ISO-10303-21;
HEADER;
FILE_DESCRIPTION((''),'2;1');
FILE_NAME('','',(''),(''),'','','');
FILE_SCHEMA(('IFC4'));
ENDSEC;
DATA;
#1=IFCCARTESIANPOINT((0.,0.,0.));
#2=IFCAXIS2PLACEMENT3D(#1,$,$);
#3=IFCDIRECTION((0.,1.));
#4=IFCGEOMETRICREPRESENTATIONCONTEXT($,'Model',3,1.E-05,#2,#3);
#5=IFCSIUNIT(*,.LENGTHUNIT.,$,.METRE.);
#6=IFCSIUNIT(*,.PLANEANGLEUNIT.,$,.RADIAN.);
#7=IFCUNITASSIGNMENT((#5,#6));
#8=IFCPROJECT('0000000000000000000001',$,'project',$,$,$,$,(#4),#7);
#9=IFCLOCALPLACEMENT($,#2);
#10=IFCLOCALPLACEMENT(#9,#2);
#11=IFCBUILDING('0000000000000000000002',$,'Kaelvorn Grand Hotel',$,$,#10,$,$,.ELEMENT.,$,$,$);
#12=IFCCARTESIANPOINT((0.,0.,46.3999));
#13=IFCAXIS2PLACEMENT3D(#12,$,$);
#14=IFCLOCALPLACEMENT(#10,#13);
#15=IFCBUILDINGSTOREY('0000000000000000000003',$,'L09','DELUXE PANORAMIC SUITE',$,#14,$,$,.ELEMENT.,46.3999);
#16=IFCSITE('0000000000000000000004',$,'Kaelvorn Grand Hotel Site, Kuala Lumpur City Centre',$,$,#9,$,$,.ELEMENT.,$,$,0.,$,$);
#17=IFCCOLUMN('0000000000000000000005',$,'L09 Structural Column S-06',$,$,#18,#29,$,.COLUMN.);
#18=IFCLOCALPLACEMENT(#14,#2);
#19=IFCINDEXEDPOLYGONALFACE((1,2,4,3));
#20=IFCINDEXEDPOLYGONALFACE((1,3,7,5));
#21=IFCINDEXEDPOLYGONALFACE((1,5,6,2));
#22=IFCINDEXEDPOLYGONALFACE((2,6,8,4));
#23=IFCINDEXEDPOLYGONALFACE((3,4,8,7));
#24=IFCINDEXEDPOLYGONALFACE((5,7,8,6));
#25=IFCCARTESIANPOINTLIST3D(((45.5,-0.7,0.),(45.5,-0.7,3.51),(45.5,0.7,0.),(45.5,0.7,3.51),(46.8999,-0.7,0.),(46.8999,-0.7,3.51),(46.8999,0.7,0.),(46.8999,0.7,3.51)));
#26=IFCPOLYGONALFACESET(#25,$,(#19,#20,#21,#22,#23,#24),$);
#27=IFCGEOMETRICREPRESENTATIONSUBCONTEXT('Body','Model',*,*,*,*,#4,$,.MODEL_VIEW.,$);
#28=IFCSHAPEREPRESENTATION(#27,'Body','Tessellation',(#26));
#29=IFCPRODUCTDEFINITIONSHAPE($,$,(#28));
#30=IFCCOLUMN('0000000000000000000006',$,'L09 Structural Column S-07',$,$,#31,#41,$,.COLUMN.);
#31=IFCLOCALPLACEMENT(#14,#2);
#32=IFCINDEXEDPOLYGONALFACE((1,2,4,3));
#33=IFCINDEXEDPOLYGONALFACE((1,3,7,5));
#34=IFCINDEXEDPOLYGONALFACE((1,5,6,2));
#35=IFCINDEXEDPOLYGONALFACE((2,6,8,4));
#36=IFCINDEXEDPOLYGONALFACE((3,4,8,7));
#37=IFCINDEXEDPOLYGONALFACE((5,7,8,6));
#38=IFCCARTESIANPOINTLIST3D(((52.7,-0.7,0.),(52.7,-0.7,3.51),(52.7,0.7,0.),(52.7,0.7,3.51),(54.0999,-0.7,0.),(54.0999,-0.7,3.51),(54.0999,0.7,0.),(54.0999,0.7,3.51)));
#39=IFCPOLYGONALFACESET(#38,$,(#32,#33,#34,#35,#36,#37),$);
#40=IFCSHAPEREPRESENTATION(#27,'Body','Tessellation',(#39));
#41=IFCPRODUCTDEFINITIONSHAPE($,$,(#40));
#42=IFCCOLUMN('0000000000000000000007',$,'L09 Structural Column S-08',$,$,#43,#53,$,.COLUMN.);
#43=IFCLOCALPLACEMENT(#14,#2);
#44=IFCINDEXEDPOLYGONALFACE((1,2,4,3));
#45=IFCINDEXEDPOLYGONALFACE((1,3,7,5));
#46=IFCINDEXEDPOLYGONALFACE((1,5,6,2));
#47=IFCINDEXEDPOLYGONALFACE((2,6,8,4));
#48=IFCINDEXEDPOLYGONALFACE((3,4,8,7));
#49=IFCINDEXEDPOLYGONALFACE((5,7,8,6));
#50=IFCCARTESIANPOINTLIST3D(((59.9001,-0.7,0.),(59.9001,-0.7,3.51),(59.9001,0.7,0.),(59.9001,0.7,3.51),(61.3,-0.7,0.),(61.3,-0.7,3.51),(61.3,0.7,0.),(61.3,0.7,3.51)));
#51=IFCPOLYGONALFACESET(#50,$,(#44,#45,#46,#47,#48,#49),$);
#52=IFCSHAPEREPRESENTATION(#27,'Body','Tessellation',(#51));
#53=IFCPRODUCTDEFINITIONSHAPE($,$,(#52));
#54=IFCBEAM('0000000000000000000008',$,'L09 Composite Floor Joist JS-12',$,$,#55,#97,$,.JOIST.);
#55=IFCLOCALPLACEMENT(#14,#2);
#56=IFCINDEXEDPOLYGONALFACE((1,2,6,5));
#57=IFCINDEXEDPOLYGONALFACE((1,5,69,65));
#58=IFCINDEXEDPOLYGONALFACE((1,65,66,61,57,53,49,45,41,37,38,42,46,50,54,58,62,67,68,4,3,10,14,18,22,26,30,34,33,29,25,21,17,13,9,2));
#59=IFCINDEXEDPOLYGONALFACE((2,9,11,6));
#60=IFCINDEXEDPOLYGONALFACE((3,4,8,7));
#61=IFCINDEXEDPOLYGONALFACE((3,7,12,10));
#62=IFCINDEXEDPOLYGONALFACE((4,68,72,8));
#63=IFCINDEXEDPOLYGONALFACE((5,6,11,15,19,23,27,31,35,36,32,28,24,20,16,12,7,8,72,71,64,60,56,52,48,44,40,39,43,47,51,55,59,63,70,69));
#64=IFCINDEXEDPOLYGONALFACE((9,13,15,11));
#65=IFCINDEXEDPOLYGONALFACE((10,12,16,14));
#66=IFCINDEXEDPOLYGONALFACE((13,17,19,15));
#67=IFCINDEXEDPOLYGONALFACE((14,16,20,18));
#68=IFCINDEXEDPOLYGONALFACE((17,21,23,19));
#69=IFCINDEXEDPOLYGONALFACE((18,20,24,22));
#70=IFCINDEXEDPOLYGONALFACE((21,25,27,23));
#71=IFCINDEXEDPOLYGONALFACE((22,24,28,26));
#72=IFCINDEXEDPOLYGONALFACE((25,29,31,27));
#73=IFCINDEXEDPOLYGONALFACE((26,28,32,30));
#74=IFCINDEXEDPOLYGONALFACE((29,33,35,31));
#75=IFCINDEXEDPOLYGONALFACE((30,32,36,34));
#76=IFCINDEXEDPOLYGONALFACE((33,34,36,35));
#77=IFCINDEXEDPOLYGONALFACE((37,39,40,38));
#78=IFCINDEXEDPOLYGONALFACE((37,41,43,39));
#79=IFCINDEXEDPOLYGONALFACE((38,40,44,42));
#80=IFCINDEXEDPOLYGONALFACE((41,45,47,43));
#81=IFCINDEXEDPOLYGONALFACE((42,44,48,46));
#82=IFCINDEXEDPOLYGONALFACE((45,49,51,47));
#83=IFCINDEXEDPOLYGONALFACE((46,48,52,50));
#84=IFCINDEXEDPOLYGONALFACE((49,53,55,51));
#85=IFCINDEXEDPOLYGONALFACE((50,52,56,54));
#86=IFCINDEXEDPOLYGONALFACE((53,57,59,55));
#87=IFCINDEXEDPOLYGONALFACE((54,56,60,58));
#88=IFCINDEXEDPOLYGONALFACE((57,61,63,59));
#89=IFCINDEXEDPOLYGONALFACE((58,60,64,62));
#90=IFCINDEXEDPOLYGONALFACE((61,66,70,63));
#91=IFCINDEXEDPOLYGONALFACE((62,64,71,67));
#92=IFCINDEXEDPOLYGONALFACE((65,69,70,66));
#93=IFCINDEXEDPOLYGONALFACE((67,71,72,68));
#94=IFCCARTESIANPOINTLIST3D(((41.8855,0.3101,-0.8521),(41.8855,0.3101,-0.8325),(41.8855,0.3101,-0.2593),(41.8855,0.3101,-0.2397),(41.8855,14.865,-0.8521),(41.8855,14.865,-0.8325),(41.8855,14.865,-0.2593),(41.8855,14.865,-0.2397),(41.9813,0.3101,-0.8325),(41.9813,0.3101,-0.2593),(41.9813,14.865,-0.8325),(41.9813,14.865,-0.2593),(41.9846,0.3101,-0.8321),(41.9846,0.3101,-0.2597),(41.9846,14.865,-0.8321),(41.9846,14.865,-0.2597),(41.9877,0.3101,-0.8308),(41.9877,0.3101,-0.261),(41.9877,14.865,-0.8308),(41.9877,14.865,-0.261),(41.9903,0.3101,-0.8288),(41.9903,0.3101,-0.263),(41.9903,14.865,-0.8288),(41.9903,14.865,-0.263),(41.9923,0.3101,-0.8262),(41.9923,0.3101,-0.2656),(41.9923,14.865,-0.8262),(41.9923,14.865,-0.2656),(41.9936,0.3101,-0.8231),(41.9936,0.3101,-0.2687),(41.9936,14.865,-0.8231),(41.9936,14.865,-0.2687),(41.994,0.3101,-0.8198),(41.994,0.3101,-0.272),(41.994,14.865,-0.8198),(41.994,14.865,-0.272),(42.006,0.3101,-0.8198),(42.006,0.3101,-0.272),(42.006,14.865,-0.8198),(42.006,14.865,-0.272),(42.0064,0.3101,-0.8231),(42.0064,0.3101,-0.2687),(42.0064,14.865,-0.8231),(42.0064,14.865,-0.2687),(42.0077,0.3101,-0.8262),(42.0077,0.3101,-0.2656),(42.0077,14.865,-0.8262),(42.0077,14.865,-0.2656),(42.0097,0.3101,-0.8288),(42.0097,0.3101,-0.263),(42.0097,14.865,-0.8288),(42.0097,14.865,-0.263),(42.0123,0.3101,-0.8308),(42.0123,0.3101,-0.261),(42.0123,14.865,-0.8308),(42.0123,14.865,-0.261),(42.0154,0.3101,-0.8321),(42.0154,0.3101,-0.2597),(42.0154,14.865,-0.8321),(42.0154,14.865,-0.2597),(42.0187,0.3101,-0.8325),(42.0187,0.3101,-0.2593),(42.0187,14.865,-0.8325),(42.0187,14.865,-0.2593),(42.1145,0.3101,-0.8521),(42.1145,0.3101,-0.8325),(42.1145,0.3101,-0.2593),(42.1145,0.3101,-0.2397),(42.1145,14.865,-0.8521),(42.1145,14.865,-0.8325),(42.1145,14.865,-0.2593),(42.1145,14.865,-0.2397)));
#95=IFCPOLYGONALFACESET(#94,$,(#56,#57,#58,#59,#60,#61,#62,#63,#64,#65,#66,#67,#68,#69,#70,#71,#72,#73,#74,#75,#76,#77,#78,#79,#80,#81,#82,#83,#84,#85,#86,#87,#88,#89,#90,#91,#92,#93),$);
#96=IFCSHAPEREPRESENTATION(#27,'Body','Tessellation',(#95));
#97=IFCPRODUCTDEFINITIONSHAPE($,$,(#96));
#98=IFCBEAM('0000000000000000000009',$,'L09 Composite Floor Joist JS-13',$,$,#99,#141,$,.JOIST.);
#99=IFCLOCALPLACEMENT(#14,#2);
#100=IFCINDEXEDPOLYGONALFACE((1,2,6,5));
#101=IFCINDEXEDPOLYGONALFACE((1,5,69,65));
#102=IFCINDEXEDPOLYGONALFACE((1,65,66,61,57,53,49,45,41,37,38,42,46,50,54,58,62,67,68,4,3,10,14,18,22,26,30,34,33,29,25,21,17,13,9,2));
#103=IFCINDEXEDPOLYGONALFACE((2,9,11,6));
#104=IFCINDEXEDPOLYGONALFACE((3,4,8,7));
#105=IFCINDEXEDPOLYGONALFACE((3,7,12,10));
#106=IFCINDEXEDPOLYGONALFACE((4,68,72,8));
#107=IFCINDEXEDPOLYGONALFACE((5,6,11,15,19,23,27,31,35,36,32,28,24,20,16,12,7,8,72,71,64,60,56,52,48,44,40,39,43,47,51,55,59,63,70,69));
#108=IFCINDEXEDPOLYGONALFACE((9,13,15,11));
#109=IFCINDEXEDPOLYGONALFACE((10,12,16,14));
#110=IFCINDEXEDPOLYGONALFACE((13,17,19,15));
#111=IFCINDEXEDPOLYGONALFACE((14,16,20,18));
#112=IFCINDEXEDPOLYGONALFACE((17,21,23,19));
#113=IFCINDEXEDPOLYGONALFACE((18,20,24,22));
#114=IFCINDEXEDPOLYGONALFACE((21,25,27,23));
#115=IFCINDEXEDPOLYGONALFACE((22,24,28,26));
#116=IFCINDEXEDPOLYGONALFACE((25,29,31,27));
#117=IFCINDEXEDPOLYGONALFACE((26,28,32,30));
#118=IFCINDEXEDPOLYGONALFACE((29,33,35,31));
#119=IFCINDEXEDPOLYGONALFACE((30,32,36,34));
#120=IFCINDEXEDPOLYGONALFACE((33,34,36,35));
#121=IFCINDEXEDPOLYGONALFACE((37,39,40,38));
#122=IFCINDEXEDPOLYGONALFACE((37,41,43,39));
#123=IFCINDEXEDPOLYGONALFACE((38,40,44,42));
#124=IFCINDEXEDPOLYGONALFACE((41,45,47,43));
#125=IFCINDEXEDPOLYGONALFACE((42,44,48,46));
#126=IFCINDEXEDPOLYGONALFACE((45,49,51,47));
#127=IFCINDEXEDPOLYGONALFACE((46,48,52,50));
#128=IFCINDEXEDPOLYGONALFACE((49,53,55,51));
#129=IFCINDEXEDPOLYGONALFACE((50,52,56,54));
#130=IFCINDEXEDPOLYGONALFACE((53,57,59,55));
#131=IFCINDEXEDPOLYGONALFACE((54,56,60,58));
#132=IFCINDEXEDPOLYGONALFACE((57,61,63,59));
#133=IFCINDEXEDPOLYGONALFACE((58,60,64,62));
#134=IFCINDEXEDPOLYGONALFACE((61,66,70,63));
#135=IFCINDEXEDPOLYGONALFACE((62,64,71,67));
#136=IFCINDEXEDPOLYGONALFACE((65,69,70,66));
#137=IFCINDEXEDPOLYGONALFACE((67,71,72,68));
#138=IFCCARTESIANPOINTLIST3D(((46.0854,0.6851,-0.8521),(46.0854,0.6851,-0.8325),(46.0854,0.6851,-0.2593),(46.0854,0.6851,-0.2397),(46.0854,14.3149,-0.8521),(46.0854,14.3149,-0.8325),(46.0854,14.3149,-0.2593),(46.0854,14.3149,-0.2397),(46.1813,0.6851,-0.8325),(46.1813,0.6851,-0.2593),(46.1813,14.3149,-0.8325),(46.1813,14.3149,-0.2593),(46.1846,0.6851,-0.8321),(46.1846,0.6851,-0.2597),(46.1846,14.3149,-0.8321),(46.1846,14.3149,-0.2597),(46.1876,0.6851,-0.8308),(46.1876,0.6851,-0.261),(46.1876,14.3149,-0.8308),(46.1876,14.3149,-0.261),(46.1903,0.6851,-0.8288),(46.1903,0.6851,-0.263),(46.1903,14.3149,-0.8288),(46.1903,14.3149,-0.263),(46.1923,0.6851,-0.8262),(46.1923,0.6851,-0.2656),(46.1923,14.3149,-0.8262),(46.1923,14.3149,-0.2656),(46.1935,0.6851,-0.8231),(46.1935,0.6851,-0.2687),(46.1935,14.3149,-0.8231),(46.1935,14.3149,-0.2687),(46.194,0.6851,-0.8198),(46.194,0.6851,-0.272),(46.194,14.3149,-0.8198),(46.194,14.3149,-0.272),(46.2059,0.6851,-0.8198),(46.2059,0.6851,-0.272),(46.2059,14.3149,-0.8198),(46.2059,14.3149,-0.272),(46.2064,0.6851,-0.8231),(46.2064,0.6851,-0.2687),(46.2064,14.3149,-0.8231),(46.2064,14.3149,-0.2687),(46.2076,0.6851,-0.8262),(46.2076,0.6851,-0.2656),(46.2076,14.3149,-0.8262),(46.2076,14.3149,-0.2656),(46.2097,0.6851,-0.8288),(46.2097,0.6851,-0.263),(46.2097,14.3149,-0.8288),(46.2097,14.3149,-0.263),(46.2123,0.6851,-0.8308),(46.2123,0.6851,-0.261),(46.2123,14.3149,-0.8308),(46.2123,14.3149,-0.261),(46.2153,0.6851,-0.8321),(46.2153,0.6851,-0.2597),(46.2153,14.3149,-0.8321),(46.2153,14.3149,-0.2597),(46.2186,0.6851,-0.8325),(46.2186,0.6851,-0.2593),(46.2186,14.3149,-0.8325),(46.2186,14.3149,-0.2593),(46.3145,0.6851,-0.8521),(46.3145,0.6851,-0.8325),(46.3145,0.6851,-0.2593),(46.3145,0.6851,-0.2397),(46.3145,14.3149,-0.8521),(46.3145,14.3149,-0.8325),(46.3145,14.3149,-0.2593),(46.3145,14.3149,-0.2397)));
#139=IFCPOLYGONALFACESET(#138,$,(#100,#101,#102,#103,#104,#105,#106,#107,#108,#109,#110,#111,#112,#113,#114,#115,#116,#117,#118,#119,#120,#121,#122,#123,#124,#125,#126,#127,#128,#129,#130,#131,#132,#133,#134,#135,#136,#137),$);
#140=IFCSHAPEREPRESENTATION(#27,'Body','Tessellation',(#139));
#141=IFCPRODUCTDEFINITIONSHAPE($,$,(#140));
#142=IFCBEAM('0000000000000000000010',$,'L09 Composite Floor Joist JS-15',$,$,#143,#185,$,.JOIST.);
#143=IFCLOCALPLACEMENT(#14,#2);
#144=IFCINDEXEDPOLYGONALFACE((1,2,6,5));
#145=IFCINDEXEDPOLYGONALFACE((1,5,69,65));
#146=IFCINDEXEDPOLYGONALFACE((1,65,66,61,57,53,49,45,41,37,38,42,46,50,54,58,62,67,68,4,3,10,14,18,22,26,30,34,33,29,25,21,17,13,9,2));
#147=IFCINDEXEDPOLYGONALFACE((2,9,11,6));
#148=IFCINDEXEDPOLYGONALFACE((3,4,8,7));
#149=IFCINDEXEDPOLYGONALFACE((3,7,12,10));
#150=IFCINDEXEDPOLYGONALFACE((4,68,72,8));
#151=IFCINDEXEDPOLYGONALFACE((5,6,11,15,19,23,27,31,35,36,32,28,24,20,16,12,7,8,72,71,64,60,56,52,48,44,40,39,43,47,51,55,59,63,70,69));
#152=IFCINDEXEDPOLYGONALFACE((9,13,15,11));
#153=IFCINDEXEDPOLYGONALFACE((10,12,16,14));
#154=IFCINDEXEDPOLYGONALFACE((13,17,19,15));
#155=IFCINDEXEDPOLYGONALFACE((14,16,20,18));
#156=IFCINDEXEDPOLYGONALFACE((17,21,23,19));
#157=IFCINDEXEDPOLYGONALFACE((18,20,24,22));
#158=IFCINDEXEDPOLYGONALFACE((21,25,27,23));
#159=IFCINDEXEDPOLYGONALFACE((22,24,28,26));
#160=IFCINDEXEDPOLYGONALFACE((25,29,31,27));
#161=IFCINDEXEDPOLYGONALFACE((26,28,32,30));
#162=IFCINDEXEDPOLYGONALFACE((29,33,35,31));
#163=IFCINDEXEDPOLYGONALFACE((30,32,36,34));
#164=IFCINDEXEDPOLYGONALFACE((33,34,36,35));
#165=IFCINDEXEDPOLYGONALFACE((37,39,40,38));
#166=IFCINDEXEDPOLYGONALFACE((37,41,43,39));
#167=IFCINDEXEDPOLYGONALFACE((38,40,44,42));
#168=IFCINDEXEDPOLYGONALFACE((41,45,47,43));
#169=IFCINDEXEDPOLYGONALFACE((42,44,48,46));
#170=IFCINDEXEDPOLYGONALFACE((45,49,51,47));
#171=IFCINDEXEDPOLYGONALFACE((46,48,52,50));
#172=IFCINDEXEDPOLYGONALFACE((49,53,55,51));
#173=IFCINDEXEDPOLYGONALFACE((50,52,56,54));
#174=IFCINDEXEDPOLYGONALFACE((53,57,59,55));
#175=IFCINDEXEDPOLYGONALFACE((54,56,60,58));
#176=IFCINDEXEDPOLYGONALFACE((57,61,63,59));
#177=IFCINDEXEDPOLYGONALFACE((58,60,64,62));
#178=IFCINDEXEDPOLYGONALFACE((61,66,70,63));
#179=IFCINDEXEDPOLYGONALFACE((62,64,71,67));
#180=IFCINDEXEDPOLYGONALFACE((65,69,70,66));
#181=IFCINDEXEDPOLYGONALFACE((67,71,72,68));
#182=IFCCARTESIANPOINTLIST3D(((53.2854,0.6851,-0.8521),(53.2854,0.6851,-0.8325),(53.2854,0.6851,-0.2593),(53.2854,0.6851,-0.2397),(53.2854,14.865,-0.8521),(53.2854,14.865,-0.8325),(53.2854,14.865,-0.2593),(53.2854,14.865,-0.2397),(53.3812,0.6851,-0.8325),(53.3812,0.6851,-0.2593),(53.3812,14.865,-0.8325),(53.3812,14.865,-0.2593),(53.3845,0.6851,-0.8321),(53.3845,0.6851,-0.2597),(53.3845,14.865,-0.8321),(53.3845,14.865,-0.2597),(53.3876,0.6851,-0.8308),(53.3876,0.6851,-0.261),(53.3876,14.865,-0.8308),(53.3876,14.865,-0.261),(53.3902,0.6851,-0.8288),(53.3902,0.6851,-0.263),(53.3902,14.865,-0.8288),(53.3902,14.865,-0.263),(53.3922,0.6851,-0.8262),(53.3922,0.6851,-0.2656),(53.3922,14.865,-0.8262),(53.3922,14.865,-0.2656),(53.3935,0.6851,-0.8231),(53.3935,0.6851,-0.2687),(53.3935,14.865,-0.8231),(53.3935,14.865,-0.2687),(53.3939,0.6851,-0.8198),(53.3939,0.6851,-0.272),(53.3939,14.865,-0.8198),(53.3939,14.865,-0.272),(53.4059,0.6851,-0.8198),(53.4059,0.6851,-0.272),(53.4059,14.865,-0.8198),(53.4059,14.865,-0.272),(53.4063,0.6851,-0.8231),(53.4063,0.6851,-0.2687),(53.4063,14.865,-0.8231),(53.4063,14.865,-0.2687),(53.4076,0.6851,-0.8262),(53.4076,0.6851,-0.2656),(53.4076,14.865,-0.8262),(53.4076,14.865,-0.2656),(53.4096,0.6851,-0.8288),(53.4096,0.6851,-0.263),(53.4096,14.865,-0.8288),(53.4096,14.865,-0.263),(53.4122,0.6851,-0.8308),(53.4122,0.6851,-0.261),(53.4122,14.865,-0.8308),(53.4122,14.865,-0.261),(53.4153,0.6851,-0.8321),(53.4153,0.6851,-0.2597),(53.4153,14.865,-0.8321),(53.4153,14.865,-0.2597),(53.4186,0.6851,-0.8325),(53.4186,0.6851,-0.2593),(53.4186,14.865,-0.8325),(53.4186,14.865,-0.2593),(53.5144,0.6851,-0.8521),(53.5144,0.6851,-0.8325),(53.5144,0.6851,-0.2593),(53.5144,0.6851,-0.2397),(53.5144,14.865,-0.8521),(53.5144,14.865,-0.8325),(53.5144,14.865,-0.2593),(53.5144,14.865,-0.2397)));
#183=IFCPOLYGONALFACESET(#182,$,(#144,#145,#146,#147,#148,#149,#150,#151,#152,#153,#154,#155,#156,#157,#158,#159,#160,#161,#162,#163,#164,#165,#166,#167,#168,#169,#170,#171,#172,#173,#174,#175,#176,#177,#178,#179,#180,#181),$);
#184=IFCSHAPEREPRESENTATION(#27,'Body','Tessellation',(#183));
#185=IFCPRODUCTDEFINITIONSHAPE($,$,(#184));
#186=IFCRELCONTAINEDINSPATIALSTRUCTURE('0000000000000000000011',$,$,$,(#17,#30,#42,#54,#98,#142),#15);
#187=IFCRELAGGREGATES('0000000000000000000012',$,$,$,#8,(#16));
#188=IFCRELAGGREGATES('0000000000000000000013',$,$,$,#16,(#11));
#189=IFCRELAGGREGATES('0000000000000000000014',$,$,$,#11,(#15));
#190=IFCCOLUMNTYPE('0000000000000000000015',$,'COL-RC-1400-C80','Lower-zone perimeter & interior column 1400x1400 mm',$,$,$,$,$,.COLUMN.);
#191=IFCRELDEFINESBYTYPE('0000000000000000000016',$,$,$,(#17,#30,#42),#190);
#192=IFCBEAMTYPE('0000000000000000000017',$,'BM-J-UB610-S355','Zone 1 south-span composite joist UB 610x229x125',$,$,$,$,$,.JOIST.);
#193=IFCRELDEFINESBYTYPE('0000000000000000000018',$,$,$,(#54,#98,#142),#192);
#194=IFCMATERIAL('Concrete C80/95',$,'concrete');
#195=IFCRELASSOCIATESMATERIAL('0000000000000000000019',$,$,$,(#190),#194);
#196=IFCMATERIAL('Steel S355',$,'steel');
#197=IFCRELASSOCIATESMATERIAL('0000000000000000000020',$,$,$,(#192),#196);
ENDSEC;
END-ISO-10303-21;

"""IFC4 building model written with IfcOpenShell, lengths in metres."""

from ifc_helpers import new_model, si_unit, direction, frame, origin, origin_2d, place, context, subcontext, project, spatial, rectangle, i_section, extrude, material, material_profile, profile_set, type_object, element, save


model = new_model("IFC4")

# Units and contexts
model_context = context("Model", 3, precision=1e-05, world=origin(), true_north=direction((0.0, 1.0)))
body_context = subcontext(model_context, "Body", "Model", "MODEL_VIEW")
ifc_project = project(units=[si_unit("LENGTHUNIT", "METRE"), si_unit("PLANEANGLEUNIT", "RADIAN")], contexts=[model_context])

# Site, building, storey
site_placement = place(None, origin())
site = spatial("IfcSite", under=ifc_project, at=site_placement, Name="Kaelvorn Grand Hotel Site, Kuala Lumpur City Centre", CompositionType="ELEMENT", RefElevation=0.0)
building_placement = place(site_placement, origin())
building = spatial("IfcBuilding", under=site, at=building_placement, Name="Kaelvorn Grand Hotel", CompositionType="ELEMENT")
storey_placement = place(building_placement, frame((0.0, 0.0, 46.3999)))
storey = spatial("IfcBuildingStorey", under=building, at=storey_placement, Name="L09", Description="DELUXE PANORAMIC SUITE", CompositionType="ELEMENT", Elevation=46.3999)

# Columns
ifc_material_1 = material(Name="Concrete C80/95", Category="concrete")
ifc_material_profile_1 = material_profile(ifc_material_1, rectangle(XDim=1.3999, YDim=1.3999, at=origin_2d()), Name="RC COL 1400x1400")
ifc_profile_set_1 = profile_set([ifc_material_profile_1], Name="Concrete C80/95")
column_type = type_object("IfcColumnType", Name="COL-RC-1400-C80", Description="Lower-zone perimeter & interior column 1400x1400 mm", PredefinedType="COLUMN", material=ifc_profile_set_1)
for number, where, z_axis, x_axis, name in (
    (1, (46.2, 0.0, 0.0), (0.0, 0.0, 1.0), (1.0, 0.0, 0.0), "L09 Structural Column S-06"),
    (2, (53.3999, 0.0, 0.0), (0.0, 0.0, 1.0), (1.0, 0.0, 0.0), "L09 Structural Column S-07"),
    (3, (60.6001, 0.0, 0.0), (0.0, 0.0, 1.0), (1.0, 0.0, 0.0), "L09 Structural Column S-08"),
):
    element("IfcColumn", number, at=place(storey_placement, frame(where, z_axis=z_axis, x_axis=x_axis)), inside=storey, type_object=column_type, Name=name, PredefinedType="COLUMN", context=body_context, shape_type="SweptSolid", body=[
        extrude(rectangle(XDim=1.3999, YDim=1.3999, at=origin_2d()), origin(), (0.0, 0.0, 1.0), 3.51),
    ])

# Beams
ifc_material_2 = material(Name="Steel S355", Category="steel")
ifc_material_profile_2 = material_profile(ifc_material_2, i_section(OverallWidth=0.229, OverallDepth=0.6123, WebThickness=0.012, FlangeThickness=0.0195, FilletRadius=0.0127, at=origin_2d()), Name="UB 610x229x125")
ifc_profile_set_2 = profile_set([ifc_material_profile_2], Name="Steel S355")
beam_type_1 = type_object("IfcBeamType", Name="BM-J-UB610-S355", Description="Zone 1 south-span composite joist UB 610x229x125", PredefinedType="JOIST", material=ifc_profile_set_2)
beam_1_placement = place(storey_placement, frame((42.0, 0.3101, -0.5459), z_axis=(0.0, 1.0, 0.0), x_axis=(-1.0, 0.0, 0.0)))
element("IfcBeam", 4, at=beam_1_placement, inside=storey, type_object=beam_type_1, Name="L09 Composite Floor Joist JS-12", PredefinedType="JOIST", context=body_context, shape_type="SweptSolid", body=[
    extrude(i_section(OverallWidth=0.229, OverallDepth=0.6123, WebThickness=0.012, FlangeThickness=0.0195, FilletRadius=0.0127, at=origin_2d()), origin(), (0.0, 0.0, 1.0), 14.5549),
])
beam_2_placement = place(storey_placement, frame((46.2, 0.6851, -0.5459), z_axis=(0.0, 1.0, 0.0), x_axis=(-1.0, 0.0, 0.0)))
element("IfcBeam", 5, at=beam_2_placement, inside=storey, type_object=beam_type_1, Name="L09 Composite Floor Joist JS-13", PredefinedType="JOIST", context=body_context, shape_type="SweptSolid", body=[
    extrude(i_section(OverallWidth=0.229, OverallDepth=0.6123, WebThickness=0.012, FlangeThickness=0.0195, FilletRadius=0.0127, at=origin_2d()), origin(), (0.0, 0.0, 1.0), 13.6299),
])
beam_3_placement = place(storey_placement, frame((53.3999, 0.6851, -0.5459), z_axis=(0.0, 1.0, 0.0), x_axis=(-1.0, 0.0, 0.0)))
element("IfcBeam", 6, at=beam_3_placement, inside=storey, type_object=beam_type_1, Name="L09 Composite Floor Joist JS-15", PredefinedType="JOIST", context=body_context, shape_type="SweptSolid", body=[
    extrude(i_section(OverallWidth=0.229, OverallDepth=0.6123, WebThickness=0.012, FlangeThickness=0.0195, FilletRadius=0.0127, at=origin_2d()), origin(), (0.0, 0.0, 1.0), 14.1799),
])

save(model, "model.ifc")
